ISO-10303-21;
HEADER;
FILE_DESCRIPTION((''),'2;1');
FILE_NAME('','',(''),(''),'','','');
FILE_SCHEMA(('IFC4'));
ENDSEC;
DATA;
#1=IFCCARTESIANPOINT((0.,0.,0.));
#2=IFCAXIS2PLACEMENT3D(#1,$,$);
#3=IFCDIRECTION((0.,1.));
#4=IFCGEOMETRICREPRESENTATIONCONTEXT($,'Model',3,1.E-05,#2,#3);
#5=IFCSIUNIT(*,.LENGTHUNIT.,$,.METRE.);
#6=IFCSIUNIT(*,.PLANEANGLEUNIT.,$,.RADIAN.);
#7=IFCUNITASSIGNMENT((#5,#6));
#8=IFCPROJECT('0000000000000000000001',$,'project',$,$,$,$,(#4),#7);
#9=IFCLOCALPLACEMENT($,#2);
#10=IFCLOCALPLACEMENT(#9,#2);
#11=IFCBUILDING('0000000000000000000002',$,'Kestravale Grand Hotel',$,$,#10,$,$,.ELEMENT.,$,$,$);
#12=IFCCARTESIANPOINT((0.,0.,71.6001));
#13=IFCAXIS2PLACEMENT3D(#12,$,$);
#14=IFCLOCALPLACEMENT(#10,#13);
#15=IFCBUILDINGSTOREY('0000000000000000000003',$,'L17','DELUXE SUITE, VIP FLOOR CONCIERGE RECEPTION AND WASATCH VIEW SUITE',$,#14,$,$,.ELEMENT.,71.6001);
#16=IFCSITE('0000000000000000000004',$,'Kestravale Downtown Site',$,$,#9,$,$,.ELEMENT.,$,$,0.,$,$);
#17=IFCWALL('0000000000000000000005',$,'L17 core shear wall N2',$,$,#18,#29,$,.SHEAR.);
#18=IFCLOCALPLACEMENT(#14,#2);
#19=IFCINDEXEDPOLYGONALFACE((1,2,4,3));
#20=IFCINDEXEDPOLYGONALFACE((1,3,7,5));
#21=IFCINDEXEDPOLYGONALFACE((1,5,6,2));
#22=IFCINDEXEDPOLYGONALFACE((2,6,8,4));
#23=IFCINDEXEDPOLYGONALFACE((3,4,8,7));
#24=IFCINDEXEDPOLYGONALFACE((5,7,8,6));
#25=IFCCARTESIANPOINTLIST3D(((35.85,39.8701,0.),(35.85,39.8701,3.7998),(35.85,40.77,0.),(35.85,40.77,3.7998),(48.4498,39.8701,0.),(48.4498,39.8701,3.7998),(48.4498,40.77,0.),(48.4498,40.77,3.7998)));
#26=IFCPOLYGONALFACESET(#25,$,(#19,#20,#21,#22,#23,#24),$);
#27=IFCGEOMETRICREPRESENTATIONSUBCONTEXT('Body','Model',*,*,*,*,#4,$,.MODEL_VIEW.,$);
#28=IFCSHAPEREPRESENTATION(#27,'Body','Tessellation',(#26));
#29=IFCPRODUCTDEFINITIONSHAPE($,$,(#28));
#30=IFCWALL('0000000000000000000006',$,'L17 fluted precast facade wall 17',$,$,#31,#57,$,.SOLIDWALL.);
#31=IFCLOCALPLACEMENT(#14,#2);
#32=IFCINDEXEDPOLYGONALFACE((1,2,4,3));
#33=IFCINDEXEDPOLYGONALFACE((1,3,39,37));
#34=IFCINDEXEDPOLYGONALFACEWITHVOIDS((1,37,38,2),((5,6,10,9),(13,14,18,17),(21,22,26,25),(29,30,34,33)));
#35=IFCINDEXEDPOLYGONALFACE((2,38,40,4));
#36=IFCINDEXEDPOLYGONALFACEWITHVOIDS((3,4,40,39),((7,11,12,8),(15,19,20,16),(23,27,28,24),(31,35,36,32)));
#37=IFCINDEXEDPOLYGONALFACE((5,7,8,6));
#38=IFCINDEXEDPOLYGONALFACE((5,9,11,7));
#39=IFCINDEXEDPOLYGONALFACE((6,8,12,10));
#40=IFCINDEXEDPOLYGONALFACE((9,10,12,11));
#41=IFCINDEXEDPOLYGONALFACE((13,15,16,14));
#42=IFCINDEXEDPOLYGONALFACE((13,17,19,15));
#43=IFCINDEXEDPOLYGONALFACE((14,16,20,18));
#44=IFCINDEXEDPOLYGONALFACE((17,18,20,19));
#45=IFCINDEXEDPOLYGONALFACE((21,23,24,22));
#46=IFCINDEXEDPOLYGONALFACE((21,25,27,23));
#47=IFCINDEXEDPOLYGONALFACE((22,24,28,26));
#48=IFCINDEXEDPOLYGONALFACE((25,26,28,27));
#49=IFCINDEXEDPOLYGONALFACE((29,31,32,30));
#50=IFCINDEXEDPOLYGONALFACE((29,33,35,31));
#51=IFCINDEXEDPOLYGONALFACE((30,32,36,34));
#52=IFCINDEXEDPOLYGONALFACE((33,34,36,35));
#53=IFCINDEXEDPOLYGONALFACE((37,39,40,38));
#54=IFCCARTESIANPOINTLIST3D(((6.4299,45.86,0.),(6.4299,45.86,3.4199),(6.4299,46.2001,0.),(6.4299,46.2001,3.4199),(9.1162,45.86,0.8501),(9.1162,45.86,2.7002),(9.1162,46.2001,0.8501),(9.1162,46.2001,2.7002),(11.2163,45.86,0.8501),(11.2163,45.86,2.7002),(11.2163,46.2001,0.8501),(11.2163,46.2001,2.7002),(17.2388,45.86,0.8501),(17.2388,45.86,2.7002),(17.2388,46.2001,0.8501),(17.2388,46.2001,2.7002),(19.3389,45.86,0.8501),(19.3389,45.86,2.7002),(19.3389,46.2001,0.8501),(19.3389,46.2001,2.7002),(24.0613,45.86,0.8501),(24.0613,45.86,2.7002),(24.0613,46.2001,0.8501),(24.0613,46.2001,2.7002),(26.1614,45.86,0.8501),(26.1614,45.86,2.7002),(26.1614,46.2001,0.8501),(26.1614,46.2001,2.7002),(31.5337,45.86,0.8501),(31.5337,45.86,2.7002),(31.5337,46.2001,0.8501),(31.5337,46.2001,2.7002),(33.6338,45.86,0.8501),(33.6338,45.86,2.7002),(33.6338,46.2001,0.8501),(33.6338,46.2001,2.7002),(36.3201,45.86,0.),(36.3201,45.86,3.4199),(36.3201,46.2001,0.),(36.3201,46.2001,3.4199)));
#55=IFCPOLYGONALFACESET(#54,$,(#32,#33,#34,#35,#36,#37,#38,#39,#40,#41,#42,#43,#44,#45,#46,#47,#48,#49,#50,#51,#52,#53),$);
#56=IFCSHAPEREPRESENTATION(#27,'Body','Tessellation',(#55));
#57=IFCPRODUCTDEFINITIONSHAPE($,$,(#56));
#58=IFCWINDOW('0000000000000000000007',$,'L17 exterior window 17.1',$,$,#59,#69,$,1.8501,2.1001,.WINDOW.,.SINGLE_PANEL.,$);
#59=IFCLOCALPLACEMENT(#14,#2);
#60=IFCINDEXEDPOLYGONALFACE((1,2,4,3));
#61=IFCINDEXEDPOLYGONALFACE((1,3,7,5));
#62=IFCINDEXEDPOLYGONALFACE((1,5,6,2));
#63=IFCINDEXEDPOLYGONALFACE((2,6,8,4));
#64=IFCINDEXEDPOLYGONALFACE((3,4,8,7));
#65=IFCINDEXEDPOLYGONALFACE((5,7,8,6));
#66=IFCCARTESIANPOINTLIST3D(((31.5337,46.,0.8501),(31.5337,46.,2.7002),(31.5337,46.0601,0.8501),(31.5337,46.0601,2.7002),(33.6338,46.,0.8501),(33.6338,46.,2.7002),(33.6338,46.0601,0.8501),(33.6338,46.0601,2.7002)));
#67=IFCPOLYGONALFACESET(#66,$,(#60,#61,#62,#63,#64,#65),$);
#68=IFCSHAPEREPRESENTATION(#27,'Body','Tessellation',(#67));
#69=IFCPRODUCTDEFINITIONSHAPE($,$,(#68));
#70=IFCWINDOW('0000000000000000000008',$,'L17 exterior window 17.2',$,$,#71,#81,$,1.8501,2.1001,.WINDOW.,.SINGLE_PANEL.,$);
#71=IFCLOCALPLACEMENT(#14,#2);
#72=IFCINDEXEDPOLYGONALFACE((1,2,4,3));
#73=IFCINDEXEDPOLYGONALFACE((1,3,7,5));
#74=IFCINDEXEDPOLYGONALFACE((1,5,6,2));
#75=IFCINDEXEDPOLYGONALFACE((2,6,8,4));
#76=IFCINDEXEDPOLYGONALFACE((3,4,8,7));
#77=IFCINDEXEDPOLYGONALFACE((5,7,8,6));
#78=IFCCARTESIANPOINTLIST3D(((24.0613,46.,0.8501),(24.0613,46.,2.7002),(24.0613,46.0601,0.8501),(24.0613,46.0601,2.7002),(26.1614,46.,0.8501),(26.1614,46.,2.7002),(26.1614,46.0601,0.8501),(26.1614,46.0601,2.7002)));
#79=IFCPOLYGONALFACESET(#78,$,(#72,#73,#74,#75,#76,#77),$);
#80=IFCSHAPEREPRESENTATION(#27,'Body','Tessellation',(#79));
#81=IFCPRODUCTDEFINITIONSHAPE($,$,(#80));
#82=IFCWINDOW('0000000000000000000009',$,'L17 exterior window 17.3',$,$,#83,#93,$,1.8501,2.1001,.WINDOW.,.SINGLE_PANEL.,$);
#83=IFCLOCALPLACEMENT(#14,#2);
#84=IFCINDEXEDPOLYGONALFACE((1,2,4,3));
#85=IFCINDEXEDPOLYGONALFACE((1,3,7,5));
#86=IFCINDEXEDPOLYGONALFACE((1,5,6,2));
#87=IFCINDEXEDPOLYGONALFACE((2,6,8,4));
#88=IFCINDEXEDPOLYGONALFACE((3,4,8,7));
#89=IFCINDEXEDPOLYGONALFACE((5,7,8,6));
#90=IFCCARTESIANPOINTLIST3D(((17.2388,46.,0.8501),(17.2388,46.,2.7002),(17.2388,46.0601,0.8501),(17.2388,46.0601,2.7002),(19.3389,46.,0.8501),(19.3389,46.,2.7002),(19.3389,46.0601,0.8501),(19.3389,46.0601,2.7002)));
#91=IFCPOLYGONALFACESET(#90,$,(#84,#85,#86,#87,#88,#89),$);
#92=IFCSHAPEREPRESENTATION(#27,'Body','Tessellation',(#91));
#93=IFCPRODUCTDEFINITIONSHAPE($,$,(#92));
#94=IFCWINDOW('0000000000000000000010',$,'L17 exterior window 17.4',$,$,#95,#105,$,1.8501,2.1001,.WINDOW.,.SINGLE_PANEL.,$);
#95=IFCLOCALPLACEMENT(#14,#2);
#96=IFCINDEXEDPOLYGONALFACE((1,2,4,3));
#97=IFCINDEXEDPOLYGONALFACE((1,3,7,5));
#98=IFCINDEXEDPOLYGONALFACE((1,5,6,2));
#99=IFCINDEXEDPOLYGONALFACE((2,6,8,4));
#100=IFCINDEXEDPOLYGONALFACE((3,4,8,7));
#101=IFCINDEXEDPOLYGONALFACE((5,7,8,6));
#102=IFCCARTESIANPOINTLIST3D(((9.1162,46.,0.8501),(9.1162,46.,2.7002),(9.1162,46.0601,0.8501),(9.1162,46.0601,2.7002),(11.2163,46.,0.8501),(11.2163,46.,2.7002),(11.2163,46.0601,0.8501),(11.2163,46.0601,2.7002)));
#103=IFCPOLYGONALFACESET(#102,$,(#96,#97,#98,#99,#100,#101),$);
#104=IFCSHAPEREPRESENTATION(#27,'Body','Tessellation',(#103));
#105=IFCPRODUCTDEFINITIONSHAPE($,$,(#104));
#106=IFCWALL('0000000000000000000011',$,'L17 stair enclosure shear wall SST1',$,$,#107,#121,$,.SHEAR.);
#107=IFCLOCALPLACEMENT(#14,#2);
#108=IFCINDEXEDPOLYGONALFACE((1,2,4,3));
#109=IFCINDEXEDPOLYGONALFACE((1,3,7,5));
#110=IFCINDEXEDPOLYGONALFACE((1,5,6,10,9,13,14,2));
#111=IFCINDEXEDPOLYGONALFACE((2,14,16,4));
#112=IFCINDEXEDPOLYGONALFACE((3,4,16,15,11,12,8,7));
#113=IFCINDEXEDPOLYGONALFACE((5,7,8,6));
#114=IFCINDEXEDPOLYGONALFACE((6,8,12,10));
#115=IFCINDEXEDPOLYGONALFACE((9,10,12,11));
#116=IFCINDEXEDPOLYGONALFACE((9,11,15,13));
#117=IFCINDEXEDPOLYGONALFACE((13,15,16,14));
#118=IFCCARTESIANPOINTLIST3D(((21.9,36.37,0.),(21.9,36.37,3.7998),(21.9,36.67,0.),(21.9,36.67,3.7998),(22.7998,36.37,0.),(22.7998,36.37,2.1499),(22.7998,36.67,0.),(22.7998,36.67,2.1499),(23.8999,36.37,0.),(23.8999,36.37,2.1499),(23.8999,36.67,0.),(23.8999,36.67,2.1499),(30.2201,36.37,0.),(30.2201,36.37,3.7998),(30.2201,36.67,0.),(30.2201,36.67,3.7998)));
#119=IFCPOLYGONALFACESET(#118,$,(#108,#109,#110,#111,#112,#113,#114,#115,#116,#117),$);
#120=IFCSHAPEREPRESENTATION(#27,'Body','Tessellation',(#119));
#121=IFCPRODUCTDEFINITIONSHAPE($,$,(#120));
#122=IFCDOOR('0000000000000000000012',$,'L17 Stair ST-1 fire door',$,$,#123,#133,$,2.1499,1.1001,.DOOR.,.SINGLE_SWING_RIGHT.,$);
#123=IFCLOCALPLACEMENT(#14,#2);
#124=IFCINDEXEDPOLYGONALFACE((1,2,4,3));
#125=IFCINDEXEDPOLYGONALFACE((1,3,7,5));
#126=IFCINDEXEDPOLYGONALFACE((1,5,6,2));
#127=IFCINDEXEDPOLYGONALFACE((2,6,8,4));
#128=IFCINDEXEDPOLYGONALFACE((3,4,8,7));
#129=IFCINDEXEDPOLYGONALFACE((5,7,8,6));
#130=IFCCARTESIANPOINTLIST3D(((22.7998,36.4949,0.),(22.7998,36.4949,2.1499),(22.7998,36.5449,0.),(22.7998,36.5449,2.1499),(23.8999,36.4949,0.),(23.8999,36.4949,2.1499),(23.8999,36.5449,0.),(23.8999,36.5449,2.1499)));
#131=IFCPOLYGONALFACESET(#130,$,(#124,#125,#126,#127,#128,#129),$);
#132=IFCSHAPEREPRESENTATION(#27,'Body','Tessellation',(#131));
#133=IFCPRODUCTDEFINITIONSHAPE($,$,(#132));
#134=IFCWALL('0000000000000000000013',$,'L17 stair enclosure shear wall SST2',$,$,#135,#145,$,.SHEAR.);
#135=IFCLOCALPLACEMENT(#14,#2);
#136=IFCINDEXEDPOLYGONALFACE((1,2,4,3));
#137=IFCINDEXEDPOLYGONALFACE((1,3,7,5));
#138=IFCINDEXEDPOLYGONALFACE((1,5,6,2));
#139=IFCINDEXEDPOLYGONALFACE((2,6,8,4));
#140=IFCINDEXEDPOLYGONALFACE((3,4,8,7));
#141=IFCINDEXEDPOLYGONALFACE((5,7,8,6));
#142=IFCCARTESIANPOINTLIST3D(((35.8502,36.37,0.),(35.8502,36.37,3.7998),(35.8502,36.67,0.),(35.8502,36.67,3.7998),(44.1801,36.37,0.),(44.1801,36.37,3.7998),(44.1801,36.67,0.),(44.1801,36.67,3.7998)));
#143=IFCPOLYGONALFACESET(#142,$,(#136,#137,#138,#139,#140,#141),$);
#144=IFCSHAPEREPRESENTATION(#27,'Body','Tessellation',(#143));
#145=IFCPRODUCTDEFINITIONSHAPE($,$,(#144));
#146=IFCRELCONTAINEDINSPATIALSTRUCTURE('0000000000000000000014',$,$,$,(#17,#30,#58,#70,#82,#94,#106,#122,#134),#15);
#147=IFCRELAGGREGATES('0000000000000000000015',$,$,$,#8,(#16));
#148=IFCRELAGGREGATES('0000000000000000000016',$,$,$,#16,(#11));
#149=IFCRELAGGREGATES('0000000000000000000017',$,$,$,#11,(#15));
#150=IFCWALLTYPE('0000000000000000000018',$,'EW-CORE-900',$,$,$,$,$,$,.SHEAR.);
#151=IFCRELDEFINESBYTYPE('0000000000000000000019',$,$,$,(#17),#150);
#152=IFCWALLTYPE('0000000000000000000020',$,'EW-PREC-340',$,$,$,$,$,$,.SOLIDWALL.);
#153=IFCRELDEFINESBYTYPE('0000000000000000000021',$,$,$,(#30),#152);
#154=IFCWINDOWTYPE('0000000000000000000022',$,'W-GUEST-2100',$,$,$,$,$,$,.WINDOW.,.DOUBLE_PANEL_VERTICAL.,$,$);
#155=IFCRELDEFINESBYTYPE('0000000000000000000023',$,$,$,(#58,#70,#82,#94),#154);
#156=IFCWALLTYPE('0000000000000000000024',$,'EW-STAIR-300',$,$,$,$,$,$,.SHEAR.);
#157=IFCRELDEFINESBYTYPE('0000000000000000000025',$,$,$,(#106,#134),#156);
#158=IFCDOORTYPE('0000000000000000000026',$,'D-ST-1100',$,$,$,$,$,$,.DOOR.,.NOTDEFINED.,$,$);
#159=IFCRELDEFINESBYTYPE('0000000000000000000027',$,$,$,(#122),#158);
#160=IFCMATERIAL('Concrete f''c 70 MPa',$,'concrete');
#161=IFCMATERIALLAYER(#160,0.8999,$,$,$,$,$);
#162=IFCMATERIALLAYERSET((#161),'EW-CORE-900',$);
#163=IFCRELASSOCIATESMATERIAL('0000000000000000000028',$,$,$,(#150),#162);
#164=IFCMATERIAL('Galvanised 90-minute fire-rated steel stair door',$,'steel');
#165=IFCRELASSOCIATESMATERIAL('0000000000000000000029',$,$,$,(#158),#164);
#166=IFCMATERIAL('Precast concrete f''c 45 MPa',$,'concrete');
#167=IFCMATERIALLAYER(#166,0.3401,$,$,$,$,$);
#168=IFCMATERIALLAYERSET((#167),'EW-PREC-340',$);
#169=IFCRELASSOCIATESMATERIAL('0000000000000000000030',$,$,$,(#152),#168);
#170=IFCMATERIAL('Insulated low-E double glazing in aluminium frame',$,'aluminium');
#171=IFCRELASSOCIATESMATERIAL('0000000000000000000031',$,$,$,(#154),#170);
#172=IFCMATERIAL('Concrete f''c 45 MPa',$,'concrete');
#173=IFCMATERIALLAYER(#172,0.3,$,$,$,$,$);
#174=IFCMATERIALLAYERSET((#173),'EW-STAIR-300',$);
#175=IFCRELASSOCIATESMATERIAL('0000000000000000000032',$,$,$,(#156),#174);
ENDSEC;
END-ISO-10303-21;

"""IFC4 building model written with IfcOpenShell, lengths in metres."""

from ifc_helpers import new_model, si_unit, direction, frame, frame_2d, origin, place, context, subcontext, project, spatial, rectangle, extrude, material, layer, layer_set, type_object, element, fill, save


model = new_model("IFC4")

# Units and contexts
model_context = context("Model", 3, precision=1e-05, world=origin(), true_north=direction((0.0, 1.0)))
body_context = subcontext(model_context, "Body", "Model", "MODEL_VIEW")
ifc_project = project(units=[si_unit("LENGTHUNIT", "METRE"), si_unit("PLANEANGLEUNIT", "RADIAN")], contexts=[model_context])

# Site, building, storey
site_placement = place(None, origin())
site = spatial("IfcSite", under=ifc_project, at=site_placement, Name="Kestravale Downtown Site", CompositionType="ELEMENT", RefElevation=0.0)
building_placement = place(site_placement, origin())
building = spatial("IfcBuilding", under=site, at=building_placement, Name="Kestravale Grand Hotel", CompositionType="ELEMENT")
storey_placement = place(building_placement, frame((0.0, 0.0, 71.6001)))
storey = spatial("IfcBuildingStorey", under=building, at=storey_placement, Name="L17", Description="DELUXE SUITE, VIP FLOOR CONCIERGE RECEPTION AND WASATCH VIEW SUITE", CompositionType="ELEMENT", Elevation=71.6001)

# Wall
ifc_material_1 = material(Name="Concrete f'c 70 MPa", Category="concrete")
ifc_layer_1 = layer(ifc_material_1, 0.8999)
ifc_layer_set_1 = layer_set([ifc_layer_1], Name="EW-CORE-900")
wall_type_1 = type_object("IfcWallType", Name="EW-CORE-900", PredefinedType="SHEAR", material=ifc_layer_set_1)
wall_1_placement = place(storey_placement, frame((35.8501, 40.3201, 0.0), z_axis=(0.0, 0.0, 1.0), x_axis=(1.0, 0.0, 0.0)))
element("IfcWall", 1, at=wall_1_placement, inside=storey, type_object=wall_type_1, Name="L17 core shear wall N2", PredefinedType="SHEAR", context=body_context, shape_type="SweptSolid", body=[
    extrude(rectangle(XDim=12.5999, YDim=0.8999, at=frame_2d((6.2998, 0.0))), origin(), (0.0, 0.0, 1.0), 3.7998),
])

# Shared definitions
ifc_material_2 = material(Name="Galvanised 90-minute fire-rated steel stair door", Category="steel")
door_type_1 = type_object("IfcDoorType", Name="D-ST-1100", OperationType="NOTDEFINED", PredefinedType="DOOR", material=ifc_material_2)

# Wall, openings, windows
ifc_material_3 = material(Name="Precast concrete f'c 45 MPa", Category="concrete")
ifc_layer_2 = layer(ifc_material_3, 0.3401)
ifc_layer_set_2 = layer_set([ifc_layer_2], Name="EW-PREC-340")
wall_type_2 = type_object("IfcWallType", Name="EW-PREC-340", PredefinedType="SOLIDWALL", material=ifc_layer_set_2)
wall_2_placement = place(storey_placement, frame((36.3201, 46.03, 0.0), z_axis=(0.0, 0.0, 1.0), x_axis=(-1.0, 0.0, 0.0)))
wall_2 = element("IfcWall", 2, at=wall_2_placement, inside=storey, type_object=wall_type_2, Name="L17 fluted precast facade wall 17", PredefinedType="SOLIDWALL", context=body_context, shape_type="SweptSolid", body=[
    extrude(rectangle(XDim=29.8901, YDim=0.3401, at=frame_2d((14.9451, 0.0))), origin(), (0.0, 0.0, 1.0), 3.4199),
])
opening_1_placement = place(wall_2_placement, frame((2.6863, 0.0, 0.8501)))
opening_1 = element("IfcOpeningElement", 3, at=opening_1_placement, cuts=wall_2, PredefinedType="OPENING", context=body_context, shape_type="SweptSolid", body=[
    extrude(rectangle(XDim=2.1001, YDim=1.8501, at=frame_2d((1.05, 0.925))), frame((0.0, 0.1799, 0.0), z_axis=(0.0, -1.0, 0.0), x_axis=(1.0, 0.0, 0.0)), (0.0, 0.0, 1.0), 0.3601),
])
opening_2_placement = place(wall_2_placement, frame((10.1587, 0.0, 0.8501)))
opening_2 = element("IfcOpeningElement", 4, at=opening_2_placement, cuts=wall_2, PredefinedType="OPENING", context=body_context, shape_type="SweptSolid", body=[
    extrude(rectangle(XDim=2.1001, YDim=1.8501, at=frame_2d((1.05, 0.925))), frame((0.0, 0.1799, 0.0), z_axis=(0.0, -1.0, 0.0), x_axis=(1.0, 0.0, 0.0)), (0.0, 0.0, 1.0), 0.3601),
])
opening_3_placement = place(wall_2_placement, frame((16.9812, 0.0, 0.8501)))
opening_3 = element("IfcOpeningElement", 5, at=opening_3_placement, cuts=wall_2, PredefinedType="OPENING", context=body_context, shape_type="SweptSolid", body=[
    extrude(rectangle(XDim=2.1001, YDim=1.8501, at=frame_2d((1.05, 0.925))), frame((0.0, 0.1799, 0.0), z_axis=(0.0, -1.0, 0.0), x_axis=(1.0, 0.0, 0.0)), (0.0, 0.0, 1.0), 0.3601),
])
opening_4_placement = place(wall_2_placement, frame((25.1038, 0.0, 0.8501)))
opening_4 = element("IfcOpeningElement", 6, at=opening_4_placement, cuts=wall_2, PredefinedType="OPENING", context=body_context, shape_type="SweptSolid", body=[
    extrude(rectangle(XDim=2.1001, YDim=1.8501, at=frame_2d((1.05, 0.925))), frame((0.0, 0.1799, 0.0), z_axis=(0.0, -1.0, 0.0), x_axis=(1.0, 0.0, 0.0)), (0.0, 0.0, 1.0), 0.3601),
])
ifc_material_4 = material(Name="Insulated low-E double glazing in aluminium frame", Category="aluminium")
window_type = type_object("IfcWindowType", Name="W-GUEST-2100", PartitioningType="DOUBLE_PANEL_VERTICAL", PredefinedType="WINDOW", material=ifc_material_4)
window_1_placement = place(opening_1_placement, origin())
window_1 = element("IfcWindow", 7, at=window_1_placement, inside=storey, type_object=window_type, Name="L17 exterior window 17.1", OverallHeight=1.8501, OverallWidth=2.1001, PartitioningType="SINGLE_PANEL", PredefinedType="WINDOW", context=body_context, shape_type="SweptSolid", body=[
    extrude(rectangle(XDim=2.1001, YDim=1.8501, at=frame_2d((1.05, 0.925))), frame((0.0, 0.03, 0.0), z_axis=(0.0, -1.0, 0.0), x_axis=(1.0, 0.0, 0.0)), (0.0, 0.0, 1.0), 0.0601),
])
fill(opening_1, window_1)
window_2_placement = place(opening_2_placement, origin())
window_2 = element("IfcWindow", 8, at=window_2_placement, inside=storey, type_object=window_type, Name="L17 exterior window 17.2", OverallHeight=1.8501, OverallWidth=2.1001, PartitioningType="SINGLE_PANEL", PredefinedType="WINDOW", context=body_context, shape_type="SweptSolid", body=[
    extrude(rectangle(XDim=2.1001, YDim=1.8501, at=frame_2d((1.05, 0.925))), frame((0.0, 0.03, 0.0), z_axis=(0.0, -1.0, 0.0), x_axis=(1.0, 0.0, 0.0)), (0.0, 0.0, 1.0), 0.0601),
])
fill(opening_2, window_2)
window_3_placement = place(opening_3_placement, origin())
window_3 = element("IfcWindow", 9, at=window_3_placement, inside=storey, type_object=window_type, Name="L17 exterior window 17.3", OverallHeight=1.8501, OverallWidth=2.1001, PartitioningType="SINGLE_PANEL", PredefinedType="WINDOW", context=body_context, shape_type="SweptSolid", body=[
    extrude(rectangle(XDim=2.1001, YDim=1.8501, at=frame_2d((1.05, 0.925))), frame((0.0, 0.03, 0.0), z_axis=(0.0, -1.0, 0.0), x_axis=(1.0, 0.0, 0.0)), (0.0, 0.0, 1.0), 0.0601),
])
fill(opening_3, window_3)
window_4_placement = place(opening_4_placement, origin())
window_4 = element("IfcWindow", 10, at=window_4_placement, inside=storey, type_object=window_type, Name="L17 exterior window 17.4", OverallHeight=1.8501, OverallWidth=2.1001, PartitioningType="SINGLE_PANEL", PredefinedType="WINDOW", context=body_context, shape_type="SweptSolid", body=[
    extrude(rectangle(XDim=2.1001, YDim=1.8501, at=frame_2d((1.05, 0.925))), frame((0.0, 0.03, 0.0), z_axis=(0.0, -1.0, 0.0), x_axis=(1.0, 0.0, 0.0)), (0.0, 0.0, 1.0), 0.0601),
])
fill(opening_4, window_4)

# Wall, opening, door
ifc_material_5 = material(Name="Concrete f'c 45 MPa", Category="concrete")
ifc_layer_3 = layer(ifc_material_5, 0.3)
ifc_layer_set_3 = layer_set([ifc_layer_3], Name="EW-STAIR-300")
wall_type_3 = type_object("IfcWallType", Name="EW-STAIR-300", PredefinedType="SHEAR", material=ifc_layer_set_3)
wall_3_placement = place(storey_placement, frame((21.8999, 36.52, 0.0), z_axis=(0.0, 0.0, 1.0), x_axis=(1.0, 0.0, 0.0)))
wall_3 = element("IfcWall", 11, at=wall_3_placement, inside=storey, type_object=wall_type_3, Name="L17 stair enclosure shear wall SST1", PredefinedType="SHEAR", context=body_context, shape_type="SweptSolid", body=[
    extrude(rectangle(XDim=8.3201, YDim=0.3, at=frame_2d((4.1602, 0.0))), origin(), (0.0, 0.0, 1.0), 3.7998),
])
opening_5_placement = place(wall_3_placement, frame((0.8999, 0.0, 0.0)))
opening_5 = element("IfcOpeningElement", 12, at=opening_5_placement, cuts=wall_3, PredefinedType="OPENING", context=body_context, shape_type="SweptSolid", body=[
    extrude(rectangle(XDim=1.1001, YDim=2.1499, at=frame_2d((0.55, 1.075))), frame((0.0, 0.1599, 0.0), z_axis=(0.0, -1.0, 0.0), x_axis=(1.0, 0.0, 0.0)), (0.0, 0.0, 1.0), 0.3201),
])
door_1_placement = place(opening_5_placement, origin())
door_1 = element("IfcDoor", 13, at=door_1_placement, inside=storey, type_object=door_type_1, Name="L17 Stair ST-1 fire door", OperationType="SINGLE_SWING_RIGHT", OverallHeight=2.1499, OverallWidth=1.1001, PredefinedType="DOOR", context=body_context, shape_type="SweptSolid", body=[
    extrude(rectangle(XDim=1.1001, YDim=2.1499, at=frame_2d((0.55, 1.075))), frame((0.0, 0.0249, 0.0), z_axis=(0.0, -1.0, 0.0), x_axis=(1.0, 0.0, 0.0)), (0.0, 0.0, 1.0), 0.05),
])
fill(opening_5, door_1)

# Wall
wall_4_placement = place(storey_placement, frame((35.8501, 36.52, 0.0), z_axis=(0.0, 0.0, 1.0), x_axis=(1.0, 0.0, 0.0)))
element("IfcWall", 14, at=wall_4_placement, inside=storey, type_object=wall_type_3, Name="L17 stair enclosure shear wall SST2", PredefinedType="SHEAR", context=body_context, shape_type="SweptSolid", body=[
    extrude(rectangle(XDim=8.3298, YDim=0.3, at=frame_2d((4.165, 0.0))), origin(), (0.0, 0.0, 1.0), 3.7998),
])

save(model, "model.ifc")
